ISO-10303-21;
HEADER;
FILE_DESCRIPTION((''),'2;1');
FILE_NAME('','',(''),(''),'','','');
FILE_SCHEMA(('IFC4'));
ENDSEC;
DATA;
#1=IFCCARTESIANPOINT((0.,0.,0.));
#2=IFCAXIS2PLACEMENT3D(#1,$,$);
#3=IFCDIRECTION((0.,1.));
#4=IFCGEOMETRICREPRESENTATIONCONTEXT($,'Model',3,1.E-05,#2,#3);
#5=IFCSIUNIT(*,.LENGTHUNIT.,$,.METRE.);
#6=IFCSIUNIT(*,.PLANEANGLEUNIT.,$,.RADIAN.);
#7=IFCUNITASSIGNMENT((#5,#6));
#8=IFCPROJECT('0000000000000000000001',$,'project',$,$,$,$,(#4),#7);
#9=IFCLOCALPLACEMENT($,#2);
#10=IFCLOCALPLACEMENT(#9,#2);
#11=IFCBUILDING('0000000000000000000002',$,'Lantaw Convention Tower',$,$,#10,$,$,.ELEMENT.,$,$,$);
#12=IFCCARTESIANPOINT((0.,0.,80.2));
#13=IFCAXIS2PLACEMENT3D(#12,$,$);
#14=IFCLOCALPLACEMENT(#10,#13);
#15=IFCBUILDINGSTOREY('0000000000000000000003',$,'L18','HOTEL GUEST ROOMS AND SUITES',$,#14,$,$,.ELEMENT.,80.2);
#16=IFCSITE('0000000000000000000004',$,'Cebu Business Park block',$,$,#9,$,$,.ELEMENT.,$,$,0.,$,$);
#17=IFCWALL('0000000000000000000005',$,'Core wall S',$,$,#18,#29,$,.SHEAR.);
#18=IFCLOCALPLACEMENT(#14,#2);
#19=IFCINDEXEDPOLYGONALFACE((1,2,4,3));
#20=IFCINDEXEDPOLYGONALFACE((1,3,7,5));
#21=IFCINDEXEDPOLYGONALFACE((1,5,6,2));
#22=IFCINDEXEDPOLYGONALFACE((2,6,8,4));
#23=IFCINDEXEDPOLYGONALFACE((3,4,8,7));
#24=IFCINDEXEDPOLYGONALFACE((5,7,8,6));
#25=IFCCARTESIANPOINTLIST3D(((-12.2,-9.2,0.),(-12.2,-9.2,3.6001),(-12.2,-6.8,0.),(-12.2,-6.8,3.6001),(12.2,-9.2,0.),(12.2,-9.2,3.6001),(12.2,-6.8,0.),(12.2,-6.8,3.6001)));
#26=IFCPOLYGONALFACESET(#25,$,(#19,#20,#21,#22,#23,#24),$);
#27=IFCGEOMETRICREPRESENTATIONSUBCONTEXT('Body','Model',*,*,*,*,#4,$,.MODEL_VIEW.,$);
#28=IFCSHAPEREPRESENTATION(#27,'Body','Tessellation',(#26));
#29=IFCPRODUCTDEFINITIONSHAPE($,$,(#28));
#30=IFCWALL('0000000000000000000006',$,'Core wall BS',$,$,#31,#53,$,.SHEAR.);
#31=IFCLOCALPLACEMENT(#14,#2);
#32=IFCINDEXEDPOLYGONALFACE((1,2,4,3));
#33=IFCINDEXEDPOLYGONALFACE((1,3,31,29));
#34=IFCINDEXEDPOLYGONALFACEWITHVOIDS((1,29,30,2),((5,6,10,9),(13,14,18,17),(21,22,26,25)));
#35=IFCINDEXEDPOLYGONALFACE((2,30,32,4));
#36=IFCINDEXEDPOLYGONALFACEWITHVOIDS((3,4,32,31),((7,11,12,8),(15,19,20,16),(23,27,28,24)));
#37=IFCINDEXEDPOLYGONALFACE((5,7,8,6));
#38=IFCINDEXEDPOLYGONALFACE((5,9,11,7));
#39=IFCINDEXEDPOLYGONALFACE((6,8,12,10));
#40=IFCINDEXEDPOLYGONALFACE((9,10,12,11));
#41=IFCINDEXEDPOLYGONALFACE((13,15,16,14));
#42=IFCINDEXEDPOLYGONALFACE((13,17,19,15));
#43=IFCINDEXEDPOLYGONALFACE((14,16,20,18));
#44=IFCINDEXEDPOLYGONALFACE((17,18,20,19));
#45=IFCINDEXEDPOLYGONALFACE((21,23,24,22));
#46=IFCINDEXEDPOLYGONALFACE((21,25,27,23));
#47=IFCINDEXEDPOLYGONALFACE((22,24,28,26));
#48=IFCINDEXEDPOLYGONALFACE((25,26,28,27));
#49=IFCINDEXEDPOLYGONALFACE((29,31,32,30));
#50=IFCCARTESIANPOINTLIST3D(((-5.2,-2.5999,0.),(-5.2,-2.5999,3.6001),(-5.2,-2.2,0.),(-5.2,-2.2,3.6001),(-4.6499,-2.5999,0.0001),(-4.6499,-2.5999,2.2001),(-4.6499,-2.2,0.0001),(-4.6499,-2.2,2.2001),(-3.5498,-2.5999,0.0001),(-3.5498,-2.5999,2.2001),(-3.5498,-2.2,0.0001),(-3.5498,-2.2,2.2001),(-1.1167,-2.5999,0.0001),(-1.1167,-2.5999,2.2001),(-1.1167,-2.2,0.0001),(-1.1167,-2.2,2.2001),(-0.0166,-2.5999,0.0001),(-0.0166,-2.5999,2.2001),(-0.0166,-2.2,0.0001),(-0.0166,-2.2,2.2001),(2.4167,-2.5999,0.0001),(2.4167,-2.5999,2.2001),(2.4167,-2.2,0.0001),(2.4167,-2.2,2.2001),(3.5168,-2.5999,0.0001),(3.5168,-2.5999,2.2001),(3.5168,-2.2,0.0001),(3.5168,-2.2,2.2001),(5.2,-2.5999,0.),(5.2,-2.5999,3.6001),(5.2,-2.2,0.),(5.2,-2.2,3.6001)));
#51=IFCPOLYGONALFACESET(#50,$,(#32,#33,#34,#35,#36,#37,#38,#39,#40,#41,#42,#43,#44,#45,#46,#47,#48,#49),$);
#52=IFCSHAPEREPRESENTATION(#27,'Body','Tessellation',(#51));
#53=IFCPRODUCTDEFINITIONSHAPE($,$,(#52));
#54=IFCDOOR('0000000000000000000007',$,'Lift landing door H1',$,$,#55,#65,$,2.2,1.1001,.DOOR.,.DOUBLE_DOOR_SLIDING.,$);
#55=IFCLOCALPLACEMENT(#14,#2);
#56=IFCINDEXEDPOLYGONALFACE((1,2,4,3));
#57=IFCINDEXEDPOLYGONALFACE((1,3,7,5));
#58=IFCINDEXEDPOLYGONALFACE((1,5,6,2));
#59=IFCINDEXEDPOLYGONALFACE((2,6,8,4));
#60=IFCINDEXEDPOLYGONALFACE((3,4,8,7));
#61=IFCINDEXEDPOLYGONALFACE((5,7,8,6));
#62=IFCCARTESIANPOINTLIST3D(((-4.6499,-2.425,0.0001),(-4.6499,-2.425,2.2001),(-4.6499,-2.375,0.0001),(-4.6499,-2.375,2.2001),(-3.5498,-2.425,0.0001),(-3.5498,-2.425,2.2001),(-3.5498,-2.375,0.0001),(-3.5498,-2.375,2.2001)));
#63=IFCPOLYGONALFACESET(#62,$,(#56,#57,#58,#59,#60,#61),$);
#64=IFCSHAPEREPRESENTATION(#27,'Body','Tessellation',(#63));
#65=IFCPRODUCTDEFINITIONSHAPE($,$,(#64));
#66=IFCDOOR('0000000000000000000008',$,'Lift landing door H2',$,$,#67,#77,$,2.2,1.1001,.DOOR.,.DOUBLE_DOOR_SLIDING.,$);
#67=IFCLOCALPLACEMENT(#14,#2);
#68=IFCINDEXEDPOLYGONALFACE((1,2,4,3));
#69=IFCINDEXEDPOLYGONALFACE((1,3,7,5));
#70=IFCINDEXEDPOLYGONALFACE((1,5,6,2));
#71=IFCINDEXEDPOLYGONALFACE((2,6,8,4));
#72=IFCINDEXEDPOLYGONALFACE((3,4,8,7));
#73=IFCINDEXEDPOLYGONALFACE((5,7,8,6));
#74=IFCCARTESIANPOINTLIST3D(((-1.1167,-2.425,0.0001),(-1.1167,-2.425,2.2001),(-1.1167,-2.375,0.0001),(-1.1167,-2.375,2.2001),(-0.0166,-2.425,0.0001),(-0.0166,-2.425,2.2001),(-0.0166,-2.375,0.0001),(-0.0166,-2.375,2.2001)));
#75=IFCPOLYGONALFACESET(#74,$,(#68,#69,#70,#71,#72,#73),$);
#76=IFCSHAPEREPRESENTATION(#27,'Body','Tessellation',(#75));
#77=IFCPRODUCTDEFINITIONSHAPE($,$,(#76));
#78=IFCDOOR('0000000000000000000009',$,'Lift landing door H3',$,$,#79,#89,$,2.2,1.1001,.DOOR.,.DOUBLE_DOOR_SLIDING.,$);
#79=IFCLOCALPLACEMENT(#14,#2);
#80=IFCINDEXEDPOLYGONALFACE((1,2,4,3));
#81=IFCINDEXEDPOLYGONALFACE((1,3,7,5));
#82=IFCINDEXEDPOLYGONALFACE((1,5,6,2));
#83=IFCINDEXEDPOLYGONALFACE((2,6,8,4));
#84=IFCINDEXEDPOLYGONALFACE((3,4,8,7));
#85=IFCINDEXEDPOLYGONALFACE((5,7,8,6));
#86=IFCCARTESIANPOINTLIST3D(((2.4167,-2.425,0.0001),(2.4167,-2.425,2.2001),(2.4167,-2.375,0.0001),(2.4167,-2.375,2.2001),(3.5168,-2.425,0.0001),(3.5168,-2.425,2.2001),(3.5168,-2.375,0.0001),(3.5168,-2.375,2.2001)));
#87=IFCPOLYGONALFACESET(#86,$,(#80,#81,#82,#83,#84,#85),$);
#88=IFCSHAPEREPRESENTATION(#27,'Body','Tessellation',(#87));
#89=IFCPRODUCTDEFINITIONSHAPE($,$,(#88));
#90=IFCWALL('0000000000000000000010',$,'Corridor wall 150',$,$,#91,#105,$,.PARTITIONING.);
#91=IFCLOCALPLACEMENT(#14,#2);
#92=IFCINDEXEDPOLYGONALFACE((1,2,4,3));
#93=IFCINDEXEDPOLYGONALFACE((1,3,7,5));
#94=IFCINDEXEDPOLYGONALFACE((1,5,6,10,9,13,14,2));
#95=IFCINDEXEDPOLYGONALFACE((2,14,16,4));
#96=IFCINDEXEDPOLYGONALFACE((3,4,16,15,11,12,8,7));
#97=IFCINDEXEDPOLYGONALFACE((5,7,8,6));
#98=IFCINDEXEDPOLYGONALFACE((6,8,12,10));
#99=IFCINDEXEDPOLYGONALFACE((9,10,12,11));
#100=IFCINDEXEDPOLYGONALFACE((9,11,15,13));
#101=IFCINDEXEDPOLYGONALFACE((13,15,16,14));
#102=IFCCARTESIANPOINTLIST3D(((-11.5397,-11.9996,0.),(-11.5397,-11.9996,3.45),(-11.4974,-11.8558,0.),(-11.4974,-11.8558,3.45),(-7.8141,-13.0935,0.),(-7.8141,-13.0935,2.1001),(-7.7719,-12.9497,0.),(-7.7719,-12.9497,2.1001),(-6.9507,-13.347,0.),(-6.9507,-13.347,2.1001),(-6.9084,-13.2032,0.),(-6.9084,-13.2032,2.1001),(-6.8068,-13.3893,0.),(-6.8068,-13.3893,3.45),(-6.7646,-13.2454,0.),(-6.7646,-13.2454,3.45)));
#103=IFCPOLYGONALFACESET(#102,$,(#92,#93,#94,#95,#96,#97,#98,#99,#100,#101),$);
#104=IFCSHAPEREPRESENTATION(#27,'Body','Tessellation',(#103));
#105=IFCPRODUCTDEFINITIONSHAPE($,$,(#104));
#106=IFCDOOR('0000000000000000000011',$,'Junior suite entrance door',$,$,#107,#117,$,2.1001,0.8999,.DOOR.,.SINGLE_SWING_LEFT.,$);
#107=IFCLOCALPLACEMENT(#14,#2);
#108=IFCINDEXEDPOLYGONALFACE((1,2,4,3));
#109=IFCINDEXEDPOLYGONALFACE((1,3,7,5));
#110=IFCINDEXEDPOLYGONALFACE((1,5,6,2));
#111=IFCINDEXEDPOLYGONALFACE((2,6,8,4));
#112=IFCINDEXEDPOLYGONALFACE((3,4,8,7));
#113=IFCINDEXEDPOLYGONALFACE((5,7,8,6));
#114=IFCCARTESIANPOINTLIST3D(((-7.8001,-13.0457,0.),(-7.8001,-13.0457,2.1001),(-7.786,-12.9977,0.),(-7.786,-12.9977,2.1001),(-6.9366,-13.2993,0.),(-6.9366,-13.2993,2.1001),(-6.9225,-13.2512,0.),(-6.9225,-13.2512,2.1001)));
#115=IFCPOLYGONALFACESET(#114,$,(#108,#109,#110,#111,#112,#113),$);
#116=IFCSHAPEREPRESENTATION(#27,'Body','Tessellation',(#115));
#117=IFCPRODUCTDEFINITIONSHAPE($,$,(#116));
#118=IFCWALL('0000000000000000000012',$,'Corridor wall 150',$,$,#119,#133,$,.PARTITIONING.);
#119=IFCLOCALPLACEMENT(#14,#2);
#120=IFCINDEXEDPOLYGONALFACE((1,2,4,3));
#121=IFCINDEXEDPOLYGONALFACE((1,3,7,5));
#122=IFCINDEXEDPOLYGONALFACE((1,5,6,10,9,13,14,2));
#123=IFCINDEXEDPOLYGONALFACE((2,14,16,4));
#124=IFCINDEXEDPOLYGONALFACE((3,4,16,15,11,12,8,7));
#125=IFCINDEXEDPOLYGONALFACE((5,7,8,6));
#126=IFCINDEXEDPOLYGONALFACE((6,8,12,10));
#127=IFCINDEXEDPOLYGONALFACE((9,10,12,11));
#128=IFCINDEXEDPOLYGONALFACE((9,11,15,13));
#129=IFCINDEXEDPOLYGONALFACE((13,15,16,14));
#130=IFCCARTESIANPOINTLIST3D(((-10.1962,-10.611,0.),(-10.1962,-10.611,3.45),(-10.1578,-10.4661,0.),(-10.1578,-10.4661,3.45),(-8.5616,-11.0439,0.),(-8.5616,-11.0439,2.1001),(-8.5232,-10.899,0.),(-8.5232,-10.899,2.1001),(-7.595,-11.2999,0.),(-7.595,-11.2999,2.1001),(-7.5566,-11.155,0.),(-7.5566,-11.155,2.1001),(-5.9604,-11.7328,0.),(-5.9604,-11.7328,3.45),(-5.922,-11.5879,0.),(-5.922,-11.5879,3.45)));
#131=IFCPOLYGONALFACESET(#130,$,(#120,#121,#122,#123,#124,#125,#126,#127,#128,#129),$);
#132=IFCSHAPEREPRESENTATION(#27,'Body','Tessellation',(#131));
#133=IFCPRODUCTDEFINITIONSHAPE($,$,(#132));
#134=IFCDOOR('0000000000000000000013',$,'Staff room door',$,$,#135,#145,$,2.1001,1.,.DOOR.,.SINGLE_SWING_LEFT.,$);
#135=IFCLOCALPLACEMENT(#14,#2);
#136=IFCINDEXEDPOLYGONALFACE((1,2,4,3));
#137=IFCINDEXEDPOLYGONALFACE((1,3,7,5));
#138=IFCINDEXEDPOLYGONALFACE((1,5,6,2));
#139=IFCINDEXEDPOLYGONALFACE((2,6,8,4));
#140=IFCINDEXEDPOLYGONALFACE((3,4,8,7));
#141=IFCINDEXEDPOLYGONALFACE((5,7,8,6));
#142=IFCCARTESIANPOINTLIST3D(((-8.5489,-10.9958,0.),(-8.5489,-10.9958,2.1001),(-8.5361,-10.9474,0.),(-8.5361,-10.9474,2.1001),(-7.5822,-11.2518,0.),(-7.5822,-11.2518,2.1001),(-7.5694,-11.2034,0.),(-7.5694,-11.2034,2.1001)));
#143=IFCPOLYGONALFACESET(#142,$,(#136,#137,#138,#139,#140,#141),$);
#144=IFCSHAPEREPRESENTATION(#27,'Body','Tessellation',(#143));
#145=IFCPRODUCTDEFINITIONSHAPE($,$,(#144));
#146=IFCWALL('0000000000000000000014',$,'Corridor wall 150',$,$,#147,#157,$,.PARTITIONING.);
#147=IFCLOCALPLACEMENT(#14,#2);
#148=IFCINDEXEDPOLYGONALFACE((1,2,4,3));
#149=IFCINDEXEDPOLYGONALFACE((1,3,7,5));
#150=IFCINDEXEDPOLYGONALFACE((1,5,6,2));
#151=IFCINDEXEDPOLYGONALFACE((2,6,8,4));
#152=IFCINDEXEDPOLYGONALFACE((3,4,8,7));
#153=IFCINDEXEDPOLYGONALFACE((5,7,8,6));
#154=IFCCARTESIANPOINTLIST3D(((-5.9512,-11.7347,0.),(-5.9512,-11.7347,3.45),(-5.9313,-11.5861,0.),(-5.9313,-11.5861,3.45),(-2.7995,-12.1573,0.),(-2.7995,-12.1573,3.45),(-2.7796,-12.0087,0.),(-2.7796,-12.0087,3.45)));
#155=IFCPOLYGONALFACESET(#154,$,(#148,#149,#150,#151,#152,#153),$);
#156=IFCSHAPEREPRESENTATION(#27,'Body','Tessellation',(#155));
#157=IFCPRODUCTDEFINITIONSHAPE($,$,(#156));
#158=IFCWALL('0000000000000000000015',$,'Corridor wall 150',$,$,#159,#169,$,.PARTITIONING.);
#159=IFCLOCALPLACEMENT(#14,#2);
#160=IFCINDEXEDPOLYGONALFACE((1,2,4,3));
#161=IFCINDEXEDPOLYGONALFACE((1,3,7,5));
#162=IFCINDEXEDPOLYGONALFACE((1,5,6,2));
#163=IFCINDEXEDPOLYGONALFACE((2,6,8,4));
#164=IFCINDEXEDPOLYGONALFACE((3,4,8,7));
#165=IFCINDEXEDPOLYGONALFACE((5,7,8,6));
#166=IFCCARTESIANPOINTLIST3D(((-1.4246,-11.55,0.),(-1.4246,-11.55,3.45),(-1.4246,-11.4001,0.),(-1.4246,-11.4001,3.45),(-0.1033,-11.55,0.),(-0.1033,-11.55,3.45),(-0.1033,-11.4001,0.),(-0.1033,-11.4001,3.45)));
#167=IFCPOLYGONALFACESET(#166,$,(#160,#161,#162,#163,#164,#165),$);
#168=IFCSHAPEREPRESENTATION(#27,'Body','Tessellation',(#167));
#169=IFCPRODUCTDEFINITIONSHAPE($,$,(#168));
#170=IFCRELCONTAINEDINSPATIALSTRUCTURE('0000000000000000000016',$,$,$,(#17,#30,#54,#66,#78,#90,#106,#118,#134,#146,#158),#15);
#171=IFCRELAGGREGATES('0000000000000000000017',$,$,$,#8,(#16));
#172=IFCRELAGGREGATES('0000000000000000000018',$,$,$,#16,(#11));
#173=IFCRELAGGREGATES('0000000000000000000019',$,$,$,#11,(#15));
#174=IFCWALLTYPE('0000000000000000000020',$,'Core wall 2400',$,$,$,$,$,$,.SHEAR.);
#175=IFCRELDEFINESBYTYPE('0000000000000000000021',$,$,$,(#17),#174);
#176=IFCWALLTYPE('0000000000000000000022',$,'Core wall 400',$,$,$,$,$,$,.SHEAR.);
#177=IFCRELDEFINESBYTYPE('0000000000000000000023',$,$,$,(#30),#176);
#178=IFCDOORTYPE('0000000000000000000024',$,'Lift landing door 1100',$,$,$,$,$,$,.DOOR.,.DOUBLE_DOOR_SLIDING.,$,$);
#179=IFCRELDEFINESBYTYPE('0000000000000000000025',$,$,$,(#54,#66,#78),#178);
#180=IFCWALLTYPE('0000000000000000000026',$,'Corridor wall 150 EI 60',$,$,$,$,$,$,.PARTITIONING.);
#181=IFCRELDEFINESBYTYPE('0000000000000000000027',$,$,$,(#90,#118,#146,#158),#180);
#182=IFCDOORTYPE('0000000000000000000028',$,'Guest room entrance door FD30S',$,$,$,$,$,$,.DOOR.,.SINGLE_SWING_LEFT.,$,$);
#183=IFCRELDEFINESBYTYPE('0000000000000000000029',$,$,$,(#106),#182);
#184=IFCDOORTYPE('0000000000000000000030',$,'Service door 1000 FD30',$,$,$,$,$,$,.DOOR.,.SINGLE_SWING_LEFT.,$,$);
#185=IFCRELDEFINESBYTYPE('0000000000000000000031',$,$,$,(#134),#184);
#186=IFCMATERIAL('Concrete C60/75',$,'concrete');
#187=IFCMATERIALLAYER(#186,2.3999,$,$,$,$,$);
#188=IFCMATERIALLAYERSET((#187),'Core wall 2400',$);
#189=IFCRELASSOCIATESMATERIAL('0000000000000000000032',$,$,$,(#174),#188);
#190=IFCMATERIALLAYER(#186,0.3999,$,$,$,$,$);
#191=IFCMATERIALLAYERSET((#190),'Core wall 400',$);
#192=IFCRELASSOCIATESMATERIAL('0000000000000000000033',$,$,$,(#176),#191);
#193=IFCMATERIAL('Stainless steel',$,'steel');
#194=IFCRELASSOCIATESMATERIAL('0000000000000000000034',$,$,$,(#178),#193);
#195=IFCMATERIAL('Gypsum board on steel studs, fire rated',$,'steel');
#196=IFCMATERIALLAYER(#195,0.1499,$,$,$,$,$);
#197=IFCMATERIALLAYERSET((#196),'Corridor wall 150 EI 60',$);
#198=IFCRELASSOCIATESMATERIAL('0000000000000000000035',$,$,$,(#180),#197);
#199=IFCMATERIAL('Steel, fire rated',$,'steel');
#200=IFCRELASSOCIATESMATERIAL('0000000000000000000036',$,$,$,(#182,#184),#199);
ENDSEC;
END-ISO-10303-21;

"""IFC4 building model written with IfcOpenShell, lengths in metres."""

from ifc_helpers import new_model, si_unit, direction, frame, frame_2d, origin, place, context, subcontext, project, spatial, rectangle, extrude, material, layer, layer_set, type_object, element, fill, save


model = new_model("IFC4")

# Units and contexts
model_context = context("Model", 3, precision=1e-05, world=origin(), true_north=direction((0.0, 1.0)))
body_context = subcontext(model_context, "Body", "Model", "MODEL_VIEW")
ifc_project = project(units=[si_unit("LENGTHUNIT", "METRE"), si_unit("PLANEANGLEUNIT", "RADIAN")], contexts=[model_context])

# Site, building, storey
site_placement = place(None, origin())
site = spatial("IfcSite", under=ifc_project, at=site_placement, Name="Cebu Business Park block", CompositionType="ELEMENT", RefElevation=0.0)
building_placement = place(site_placement, origin())
building = spatial("IfcBuilding", under=site, at=building_placement, Name="Lantaw Convention Tower", CompositionType="ELEMENT")
storey_placement = place(building_placement, frame((0.0, 0.0, 80.2)))
storey = spatial("IfcBuildingStorey", under=building, at=storey_placement, Name="L18", Description="HOTEL GUEST ROOMS AND SUITES", CompositionType="ELEMENT", Elevation=80.2)

# Shared definitions
ifc_material_1 = material(Name="Concrete C60/75", Category="concrete")
ifc_material_2 = material(Name="Steel, fire rated", Category="steel")

# Wall
ifc_layer_1 = layer(ifc_material_1, 2.3999)
ifc_layer_set_1 = layer_set([ifc_layer_1], Name="Core wall 2400")
wall_type_1 = type_object("IfcWallType", Name="Core wall 2400", PredefinedType="SHEAR", material=ifc_layer_set_1)
wall_1_placement = place(storey_placement, frame((-12.2, -8.0, 0.0), z_axis=(0.0, 0.0, 1.0), x_axis=(1.0, 0.0, 0.0)))
element("IfcWall", 1, at=wall_1_placement, inside=storey, type_object=wall_type_1, Name="Core wall S", PredefinedType="SHEAR", context=body_context, shape_type="SweptSolid", body=[
    extrude(rectangle(XDim=24.3999, YDim=2.3999, at=frame_2d((12.2, 0.0))), origin(), (0.0, 0.0, 1.0), 3.6001),
])

# Wall, openings, doors
ifc_layer_2 = layer(ifc_material_1, 0.3999)
ifc_layer_set_2 = layer_set([ifc_layer_2], Name="Core wall 400")
wall_type_2 = type_object("IfcWallType", Name="Core wall 400", PredefinedType="SHEAR", material=ifc_layer_set_2)
wall_2_placement = place(storey_placement, frame((-5.2, -2.3999, 0.0), z_axis=(0.0, 0.0, 1.0), x_axis=(1.0, 0.0, 0.0)))
wall_2 = element("IfcWall", 2, at=wall_2_placement, inside=storey, type_object=wall_type_2, Name="Core wall BS", PredefinedType="SHEAR", context=body_context, shape_type="SweptSolid", body=[
    extrude(rectangle(XDim=10.3999, YDim=0.3999, at=frame_2d((5.2, 0.0))), origin(), (0.0, 0.0, 1.0), 3.6001),
])
opening_1_placement = place(wall_2_placement, frame((0.55, 0.0, 0.0)))
opening_1 = element("IfcOpeningElement", 3, at=opening_1_placement, cuts=wall_2, PredefinedType="OPENING", context=body_context, shape_type="SweptSolid", body=[
    extrude(rectangle(XDim=1.1001, YDim=2.2, at=frame_2d((0.55, 1.1001))), frame((0.0, 0.21, 0.0), z_axis=(0.0, -1.0, 0.0), x_axis=(1.0, 0.0, 0.0)), (0.0, 0.0, 1.0), 0.4199),
])
opening_2_placement = place(wall_2_placement, frame((4.0833, 0.0, 0.0)))
opening_2 = element("IfcOpeningElement", 4, at=opening_2_placement, cuts=wall_2, PredefinedType="OPENING", context=body_context, shape_type="SweptSolid", body=[
    extrude(rectangle(XDim=1.1001, YDim=2.2, at=frame_2d((0.55, 1.1001))), frame((0.0, 0.21, 0.0), z_axis=(0.0, -1.0, 0.0), x_axis=(1.0, 0.0, 0.0)), (0.0, 0.0, 1.0), 0.4199),
])
opening_3_placement = place(wall_2_placement, frame((7.6167, 0.0, 0.0)))
opening_3 = element("IfcOpeningElement", 5, at=opening_3_placement, cuts=wall_2, PredefinedType="OPENING", context=body_context, shape_type="SweptSolid", body=[
    extrude(rectangle(XDim=1.1001, YDim=2.2, at=frame_2d((0.55, 1.1001))), frame((0.0, 0.21, 0.0), z_axis=(0.0, -1.0, 0.0), x_axis=(1.0, 0.0, 0.0)), (0.0, 0.0, 1.0), 0.4199),
])
ifc_material_3 = material(Name="Stainless steel", Category="steel")
door_type_1 = type_object("IfcDoorType", Name="Lift landing door 1100", OperationType="DOUBLE_DOOR_SLIDING", PredefinedType="DOOR", material=ifc_material_3)
door_1_placement = place(opening_1_placement, origin())
door_1 = element("IfcDoor", 6, at=door_1_placement, inside=storey, type_object=door_type_1, Name="Lift landing door H1", OperationType="DOUBLE_DOOR_SLIDING", OverallHeight=2.2, OverallWidth=1.1001, PredefinedType="DOOR", context=body_context, shape_type="SweptSolid", body=[
    extrude(rectangle(XDim=1.1001, YDim=2.2, at=frame_2d((0.55, 1.1001))), frame((0.0, 0.0249, 0.0), z_axis=(0.0, -1.0, 0.0), x_axis=(1.0, 0.0, 0.0)), (0.0, 0.0, 1.0), 0.05),
])
fill(opening_1, door_1)
door_2_placement = place(opening_2_placement, origin())
door_2 = element("IfcDoor", 7, at=door_2_placement, inside=storey, type_object=door_type_1, Name="Lift landing door H2", OperationType="DOUBLE_DOOR_SLIDING", OverallHeight=2.2, OverallWidth=1.1001, PredefinedType="DOOR", context=body_context, shape_type="SweptSolid", body=[
    extrude(rectangle(XDim=1.1001, YDim=2.2, at=frame_2d((0.55, 1.1001))), frame((0.0, 0.0249, 0.0), z_axis=(0.0, -1.0, 0.0), x_axis=(1.0, 0.0, 0.0)), (0.0, 0.0, 1.0), 0.05),
])
fill(opening_2, door_2)
door_3_placement = place(opening_3_placement, origin())
door_3 = element("IfcDoor", 8, at=door_3_placement, inside=storey, type_object=door_type_1, Name="Lift landing door H3", OperationType="DOUBLE_DOOR_SLIDING", OverallHeight=2.2, OverallWidth=1.1001, PredefinedType="DOOR", context=body_context, shape_type="SweptSolid", body=[
    extrude(rectangle(XDim=1.1001, YDim=2.2, at=frame_2d((0.55, 1.1001))), frame((0.0, 0.0249, 0.0), z_axis=(0.0, -1.0, 0.0), x_axis=(1.0, 0.0, 0.0)), (0.0, 0.0, 1.0), 0.05),
])
fill(opening_3, door_3)

# Walls, openings, doors
ifc_material_4 = material(Name="Gypsum board on steel studs, fire rated", Category="steel")
ifc_layer_3 = layer(ifc_material_4, 0.1499)
ifc_layer_set_3 = layer_set([ifc_layer_3], Name="Corridor wall 150 EI 60")
wall_type_3 = type_object("IfcWallType", Name="Corridor wall 150 EI 60", PredefinedType="PARTITIONING", material=ifc_layer_set_3)
wall_3_placement = place(storey_placement, frame((-11.5186, -11.9277, 0.0), z_axis=(0.0, 0.0, 1.0), x_axis=(0.959496, -0.281721, 0.0)))
wall_3 = element("IfcWall", 9, at=wall_3_placement, inside=storey, type_object=wall_type_3, Name="Corridor wall 150", PredefinedType="PARTITIONING", context=body_context, shape_type="SweptSolid", body=[
    extrude(rectangle(XDim=4.9326, YDim=0.1499, at=frame_2d((2.4663, 0.0))), origin(), (0.0, 0.0, 1.0), 3.45),
])
opening_4_placement = place(wall_3_placement, frame((3.8828, 0.0, 0.0)))
opening_4 = element("IfcOpeningElement", 10, at=opening_4_placement, cuts=wall_3, PredefinedType="OPENING", context=body_context, shape_type="SweptSolid", body=[
    extrude(rectangle(XDim=0.8999, YDim=2.1001, at=frame_2d((0.45, 1.05))), frame((0.0, 0.085, 0.0), z_axis=(0.0, -1.0, 0.0), x_axis=(1.0, 0.0, 0.0)), (0.0, 0.0, 1.0), 0.1699),
])
door_type_2 = type_object("IfcDoorType", Name="Guest room entrance door FD30S", OperationType="SINGLE_SWING_LEFT", PredefinedType="DOOR", material=ifc_material_2)
door_4_placement = place(opening_4_placement, origin())
door_4 = element("IfcDoor", 11, at=door_4_placement, inside=storey, type_object=door_type_2, Name="Junior suite entrance door", OperationType="SINGLE_SWING_LEFT", OverallHeight=2.1001, OverallWidth=0.8999, PredefinedType="DOOR", context=body_context, shape_type="SweptSolid", body=[
    extrude(rectangle(XDim=0.8999, YDim=2.1001, at=frame_2d((0.45, 1.05))), frame((0.0, 0.0249, 0.0), z_axis=(0.0, -1.0, 0.0), x_axis=(1.0, 0.0, 0.0)), (0.0, 0.0, 1.0), 0.05),
])
fill(opening_4, door_4)
wall_4_placement = place(storey_placement, frame((-10.177, -10.5386, 0.0), z_axis=(0.0, 0.0, 1.0), x_axis=(0.966673, -0.256015, 0.0)))
wall_4 = element("IfcWall", 12, at=wall_4_placement, inside=storey, type_object=wall_type_3, Name="Corridor wall 150", PredefinedType="PARTITIONING", context=body_context, shape_type="SweptSolid", body=[
    extrude(rectangle(XDim=4.3818, YDim=0.1499, at=frame_2d((2.1909, 0.0))), origin(), (0.0, 0.0, 1.0), 3.45),
])
opening_5_placement = place(wall_4_placement, frame((1.6909, 0.0, 0.0)))
opening_5 = element("IfcOpeningElement", 13, at=opening_5_placement, cuts=wall_4, PredefinedType="OPENING", context=body_context, shape_type="SweptSolid", body=[
    extrude(rectangle(XDim=1.0, YDim=2.1001, at=frame_2d((0.5, 1.05))), frame((0.0, 0.085, 0.0), z_axis=(0.0, -1.0, 0.0), x_axis=(1.0, 0.0, 0.0)), (0.0, 0.0, 1.0), 0.1699),
])
door_type_3 = type_object("IfcDoorType", Name="Service door 1000 FD30", OperationType="SINGLE_SWING_LEFT", PredefinedType="DOOR", material=ifc_material_2)
door_5_placement = place(opening_5_placement, origin())
door_5 = element("IfcDoor", 14, at=door_5_placement, inside=storey, type_object=door_type_3, Name="Staff room door", OperationType="SINGLE_SWING_LEFT", OverallHeight=2.1001, OverallWidth=1.0, PredefinedType="DOOR", context=body_context, shape_type="SweptSolid", body=[
    extrude(rectangle(XDim=1.0, YDim=2.1001, at=frame_2d((0.5, 1.05))), frame((0.0, 0.0249, 0.0), z_axis=(0.0, -1.0, 0.0), x_axis=(1.0, 0.0, 0.0)), (0.0, 0.0, 1.0), 0.05),
])
fill(opening_5, door_5)

# Walls
wall_5_placement = place(storey_placement, frame((-5.9412, -11.6604, 0.0), z_axis=(0.0, 0.0, 1.0), x_axis=(0.991129, -0.132903, 0.0)))
element("IfcWall", 15, at=wall_5_placement, inside=storey, type_object=wall_type_3, Name="Corridor wall 150", PredefinedType="PARTITIONING", context=body_context, shape_type="SweptSolid", body=[
    extrude(rectangle(XDim=3.1799, YDim=0.1499, at=frame_2d((1.5898, 0.0))), origin(), (0.0, 0.0, 1.0), 3.45),
])
wall_6_placement = place(storey_placement, frame((-1.4246, -11.4751, 0.0), z_axis=(0.0, 0.0, 1.0), x_axis=(1.0, 0.0, 0.0)))
element("IfcWall", 16, at=wall_6_placement, inside=storey, type_object=wall_type_3, Name="Corridor wall 150", PredefinedType="PARTITIONING", context=body_context, shape_type="SweptSolid", body=[
    extrude(rectangle(XDim=1.3213, YDim=0.1499, at=frame_2d((0.6606, 0.0))), origin(), (0.0, 0.0, 1.0), 3.45),
])

save(model, "model.ifc")
